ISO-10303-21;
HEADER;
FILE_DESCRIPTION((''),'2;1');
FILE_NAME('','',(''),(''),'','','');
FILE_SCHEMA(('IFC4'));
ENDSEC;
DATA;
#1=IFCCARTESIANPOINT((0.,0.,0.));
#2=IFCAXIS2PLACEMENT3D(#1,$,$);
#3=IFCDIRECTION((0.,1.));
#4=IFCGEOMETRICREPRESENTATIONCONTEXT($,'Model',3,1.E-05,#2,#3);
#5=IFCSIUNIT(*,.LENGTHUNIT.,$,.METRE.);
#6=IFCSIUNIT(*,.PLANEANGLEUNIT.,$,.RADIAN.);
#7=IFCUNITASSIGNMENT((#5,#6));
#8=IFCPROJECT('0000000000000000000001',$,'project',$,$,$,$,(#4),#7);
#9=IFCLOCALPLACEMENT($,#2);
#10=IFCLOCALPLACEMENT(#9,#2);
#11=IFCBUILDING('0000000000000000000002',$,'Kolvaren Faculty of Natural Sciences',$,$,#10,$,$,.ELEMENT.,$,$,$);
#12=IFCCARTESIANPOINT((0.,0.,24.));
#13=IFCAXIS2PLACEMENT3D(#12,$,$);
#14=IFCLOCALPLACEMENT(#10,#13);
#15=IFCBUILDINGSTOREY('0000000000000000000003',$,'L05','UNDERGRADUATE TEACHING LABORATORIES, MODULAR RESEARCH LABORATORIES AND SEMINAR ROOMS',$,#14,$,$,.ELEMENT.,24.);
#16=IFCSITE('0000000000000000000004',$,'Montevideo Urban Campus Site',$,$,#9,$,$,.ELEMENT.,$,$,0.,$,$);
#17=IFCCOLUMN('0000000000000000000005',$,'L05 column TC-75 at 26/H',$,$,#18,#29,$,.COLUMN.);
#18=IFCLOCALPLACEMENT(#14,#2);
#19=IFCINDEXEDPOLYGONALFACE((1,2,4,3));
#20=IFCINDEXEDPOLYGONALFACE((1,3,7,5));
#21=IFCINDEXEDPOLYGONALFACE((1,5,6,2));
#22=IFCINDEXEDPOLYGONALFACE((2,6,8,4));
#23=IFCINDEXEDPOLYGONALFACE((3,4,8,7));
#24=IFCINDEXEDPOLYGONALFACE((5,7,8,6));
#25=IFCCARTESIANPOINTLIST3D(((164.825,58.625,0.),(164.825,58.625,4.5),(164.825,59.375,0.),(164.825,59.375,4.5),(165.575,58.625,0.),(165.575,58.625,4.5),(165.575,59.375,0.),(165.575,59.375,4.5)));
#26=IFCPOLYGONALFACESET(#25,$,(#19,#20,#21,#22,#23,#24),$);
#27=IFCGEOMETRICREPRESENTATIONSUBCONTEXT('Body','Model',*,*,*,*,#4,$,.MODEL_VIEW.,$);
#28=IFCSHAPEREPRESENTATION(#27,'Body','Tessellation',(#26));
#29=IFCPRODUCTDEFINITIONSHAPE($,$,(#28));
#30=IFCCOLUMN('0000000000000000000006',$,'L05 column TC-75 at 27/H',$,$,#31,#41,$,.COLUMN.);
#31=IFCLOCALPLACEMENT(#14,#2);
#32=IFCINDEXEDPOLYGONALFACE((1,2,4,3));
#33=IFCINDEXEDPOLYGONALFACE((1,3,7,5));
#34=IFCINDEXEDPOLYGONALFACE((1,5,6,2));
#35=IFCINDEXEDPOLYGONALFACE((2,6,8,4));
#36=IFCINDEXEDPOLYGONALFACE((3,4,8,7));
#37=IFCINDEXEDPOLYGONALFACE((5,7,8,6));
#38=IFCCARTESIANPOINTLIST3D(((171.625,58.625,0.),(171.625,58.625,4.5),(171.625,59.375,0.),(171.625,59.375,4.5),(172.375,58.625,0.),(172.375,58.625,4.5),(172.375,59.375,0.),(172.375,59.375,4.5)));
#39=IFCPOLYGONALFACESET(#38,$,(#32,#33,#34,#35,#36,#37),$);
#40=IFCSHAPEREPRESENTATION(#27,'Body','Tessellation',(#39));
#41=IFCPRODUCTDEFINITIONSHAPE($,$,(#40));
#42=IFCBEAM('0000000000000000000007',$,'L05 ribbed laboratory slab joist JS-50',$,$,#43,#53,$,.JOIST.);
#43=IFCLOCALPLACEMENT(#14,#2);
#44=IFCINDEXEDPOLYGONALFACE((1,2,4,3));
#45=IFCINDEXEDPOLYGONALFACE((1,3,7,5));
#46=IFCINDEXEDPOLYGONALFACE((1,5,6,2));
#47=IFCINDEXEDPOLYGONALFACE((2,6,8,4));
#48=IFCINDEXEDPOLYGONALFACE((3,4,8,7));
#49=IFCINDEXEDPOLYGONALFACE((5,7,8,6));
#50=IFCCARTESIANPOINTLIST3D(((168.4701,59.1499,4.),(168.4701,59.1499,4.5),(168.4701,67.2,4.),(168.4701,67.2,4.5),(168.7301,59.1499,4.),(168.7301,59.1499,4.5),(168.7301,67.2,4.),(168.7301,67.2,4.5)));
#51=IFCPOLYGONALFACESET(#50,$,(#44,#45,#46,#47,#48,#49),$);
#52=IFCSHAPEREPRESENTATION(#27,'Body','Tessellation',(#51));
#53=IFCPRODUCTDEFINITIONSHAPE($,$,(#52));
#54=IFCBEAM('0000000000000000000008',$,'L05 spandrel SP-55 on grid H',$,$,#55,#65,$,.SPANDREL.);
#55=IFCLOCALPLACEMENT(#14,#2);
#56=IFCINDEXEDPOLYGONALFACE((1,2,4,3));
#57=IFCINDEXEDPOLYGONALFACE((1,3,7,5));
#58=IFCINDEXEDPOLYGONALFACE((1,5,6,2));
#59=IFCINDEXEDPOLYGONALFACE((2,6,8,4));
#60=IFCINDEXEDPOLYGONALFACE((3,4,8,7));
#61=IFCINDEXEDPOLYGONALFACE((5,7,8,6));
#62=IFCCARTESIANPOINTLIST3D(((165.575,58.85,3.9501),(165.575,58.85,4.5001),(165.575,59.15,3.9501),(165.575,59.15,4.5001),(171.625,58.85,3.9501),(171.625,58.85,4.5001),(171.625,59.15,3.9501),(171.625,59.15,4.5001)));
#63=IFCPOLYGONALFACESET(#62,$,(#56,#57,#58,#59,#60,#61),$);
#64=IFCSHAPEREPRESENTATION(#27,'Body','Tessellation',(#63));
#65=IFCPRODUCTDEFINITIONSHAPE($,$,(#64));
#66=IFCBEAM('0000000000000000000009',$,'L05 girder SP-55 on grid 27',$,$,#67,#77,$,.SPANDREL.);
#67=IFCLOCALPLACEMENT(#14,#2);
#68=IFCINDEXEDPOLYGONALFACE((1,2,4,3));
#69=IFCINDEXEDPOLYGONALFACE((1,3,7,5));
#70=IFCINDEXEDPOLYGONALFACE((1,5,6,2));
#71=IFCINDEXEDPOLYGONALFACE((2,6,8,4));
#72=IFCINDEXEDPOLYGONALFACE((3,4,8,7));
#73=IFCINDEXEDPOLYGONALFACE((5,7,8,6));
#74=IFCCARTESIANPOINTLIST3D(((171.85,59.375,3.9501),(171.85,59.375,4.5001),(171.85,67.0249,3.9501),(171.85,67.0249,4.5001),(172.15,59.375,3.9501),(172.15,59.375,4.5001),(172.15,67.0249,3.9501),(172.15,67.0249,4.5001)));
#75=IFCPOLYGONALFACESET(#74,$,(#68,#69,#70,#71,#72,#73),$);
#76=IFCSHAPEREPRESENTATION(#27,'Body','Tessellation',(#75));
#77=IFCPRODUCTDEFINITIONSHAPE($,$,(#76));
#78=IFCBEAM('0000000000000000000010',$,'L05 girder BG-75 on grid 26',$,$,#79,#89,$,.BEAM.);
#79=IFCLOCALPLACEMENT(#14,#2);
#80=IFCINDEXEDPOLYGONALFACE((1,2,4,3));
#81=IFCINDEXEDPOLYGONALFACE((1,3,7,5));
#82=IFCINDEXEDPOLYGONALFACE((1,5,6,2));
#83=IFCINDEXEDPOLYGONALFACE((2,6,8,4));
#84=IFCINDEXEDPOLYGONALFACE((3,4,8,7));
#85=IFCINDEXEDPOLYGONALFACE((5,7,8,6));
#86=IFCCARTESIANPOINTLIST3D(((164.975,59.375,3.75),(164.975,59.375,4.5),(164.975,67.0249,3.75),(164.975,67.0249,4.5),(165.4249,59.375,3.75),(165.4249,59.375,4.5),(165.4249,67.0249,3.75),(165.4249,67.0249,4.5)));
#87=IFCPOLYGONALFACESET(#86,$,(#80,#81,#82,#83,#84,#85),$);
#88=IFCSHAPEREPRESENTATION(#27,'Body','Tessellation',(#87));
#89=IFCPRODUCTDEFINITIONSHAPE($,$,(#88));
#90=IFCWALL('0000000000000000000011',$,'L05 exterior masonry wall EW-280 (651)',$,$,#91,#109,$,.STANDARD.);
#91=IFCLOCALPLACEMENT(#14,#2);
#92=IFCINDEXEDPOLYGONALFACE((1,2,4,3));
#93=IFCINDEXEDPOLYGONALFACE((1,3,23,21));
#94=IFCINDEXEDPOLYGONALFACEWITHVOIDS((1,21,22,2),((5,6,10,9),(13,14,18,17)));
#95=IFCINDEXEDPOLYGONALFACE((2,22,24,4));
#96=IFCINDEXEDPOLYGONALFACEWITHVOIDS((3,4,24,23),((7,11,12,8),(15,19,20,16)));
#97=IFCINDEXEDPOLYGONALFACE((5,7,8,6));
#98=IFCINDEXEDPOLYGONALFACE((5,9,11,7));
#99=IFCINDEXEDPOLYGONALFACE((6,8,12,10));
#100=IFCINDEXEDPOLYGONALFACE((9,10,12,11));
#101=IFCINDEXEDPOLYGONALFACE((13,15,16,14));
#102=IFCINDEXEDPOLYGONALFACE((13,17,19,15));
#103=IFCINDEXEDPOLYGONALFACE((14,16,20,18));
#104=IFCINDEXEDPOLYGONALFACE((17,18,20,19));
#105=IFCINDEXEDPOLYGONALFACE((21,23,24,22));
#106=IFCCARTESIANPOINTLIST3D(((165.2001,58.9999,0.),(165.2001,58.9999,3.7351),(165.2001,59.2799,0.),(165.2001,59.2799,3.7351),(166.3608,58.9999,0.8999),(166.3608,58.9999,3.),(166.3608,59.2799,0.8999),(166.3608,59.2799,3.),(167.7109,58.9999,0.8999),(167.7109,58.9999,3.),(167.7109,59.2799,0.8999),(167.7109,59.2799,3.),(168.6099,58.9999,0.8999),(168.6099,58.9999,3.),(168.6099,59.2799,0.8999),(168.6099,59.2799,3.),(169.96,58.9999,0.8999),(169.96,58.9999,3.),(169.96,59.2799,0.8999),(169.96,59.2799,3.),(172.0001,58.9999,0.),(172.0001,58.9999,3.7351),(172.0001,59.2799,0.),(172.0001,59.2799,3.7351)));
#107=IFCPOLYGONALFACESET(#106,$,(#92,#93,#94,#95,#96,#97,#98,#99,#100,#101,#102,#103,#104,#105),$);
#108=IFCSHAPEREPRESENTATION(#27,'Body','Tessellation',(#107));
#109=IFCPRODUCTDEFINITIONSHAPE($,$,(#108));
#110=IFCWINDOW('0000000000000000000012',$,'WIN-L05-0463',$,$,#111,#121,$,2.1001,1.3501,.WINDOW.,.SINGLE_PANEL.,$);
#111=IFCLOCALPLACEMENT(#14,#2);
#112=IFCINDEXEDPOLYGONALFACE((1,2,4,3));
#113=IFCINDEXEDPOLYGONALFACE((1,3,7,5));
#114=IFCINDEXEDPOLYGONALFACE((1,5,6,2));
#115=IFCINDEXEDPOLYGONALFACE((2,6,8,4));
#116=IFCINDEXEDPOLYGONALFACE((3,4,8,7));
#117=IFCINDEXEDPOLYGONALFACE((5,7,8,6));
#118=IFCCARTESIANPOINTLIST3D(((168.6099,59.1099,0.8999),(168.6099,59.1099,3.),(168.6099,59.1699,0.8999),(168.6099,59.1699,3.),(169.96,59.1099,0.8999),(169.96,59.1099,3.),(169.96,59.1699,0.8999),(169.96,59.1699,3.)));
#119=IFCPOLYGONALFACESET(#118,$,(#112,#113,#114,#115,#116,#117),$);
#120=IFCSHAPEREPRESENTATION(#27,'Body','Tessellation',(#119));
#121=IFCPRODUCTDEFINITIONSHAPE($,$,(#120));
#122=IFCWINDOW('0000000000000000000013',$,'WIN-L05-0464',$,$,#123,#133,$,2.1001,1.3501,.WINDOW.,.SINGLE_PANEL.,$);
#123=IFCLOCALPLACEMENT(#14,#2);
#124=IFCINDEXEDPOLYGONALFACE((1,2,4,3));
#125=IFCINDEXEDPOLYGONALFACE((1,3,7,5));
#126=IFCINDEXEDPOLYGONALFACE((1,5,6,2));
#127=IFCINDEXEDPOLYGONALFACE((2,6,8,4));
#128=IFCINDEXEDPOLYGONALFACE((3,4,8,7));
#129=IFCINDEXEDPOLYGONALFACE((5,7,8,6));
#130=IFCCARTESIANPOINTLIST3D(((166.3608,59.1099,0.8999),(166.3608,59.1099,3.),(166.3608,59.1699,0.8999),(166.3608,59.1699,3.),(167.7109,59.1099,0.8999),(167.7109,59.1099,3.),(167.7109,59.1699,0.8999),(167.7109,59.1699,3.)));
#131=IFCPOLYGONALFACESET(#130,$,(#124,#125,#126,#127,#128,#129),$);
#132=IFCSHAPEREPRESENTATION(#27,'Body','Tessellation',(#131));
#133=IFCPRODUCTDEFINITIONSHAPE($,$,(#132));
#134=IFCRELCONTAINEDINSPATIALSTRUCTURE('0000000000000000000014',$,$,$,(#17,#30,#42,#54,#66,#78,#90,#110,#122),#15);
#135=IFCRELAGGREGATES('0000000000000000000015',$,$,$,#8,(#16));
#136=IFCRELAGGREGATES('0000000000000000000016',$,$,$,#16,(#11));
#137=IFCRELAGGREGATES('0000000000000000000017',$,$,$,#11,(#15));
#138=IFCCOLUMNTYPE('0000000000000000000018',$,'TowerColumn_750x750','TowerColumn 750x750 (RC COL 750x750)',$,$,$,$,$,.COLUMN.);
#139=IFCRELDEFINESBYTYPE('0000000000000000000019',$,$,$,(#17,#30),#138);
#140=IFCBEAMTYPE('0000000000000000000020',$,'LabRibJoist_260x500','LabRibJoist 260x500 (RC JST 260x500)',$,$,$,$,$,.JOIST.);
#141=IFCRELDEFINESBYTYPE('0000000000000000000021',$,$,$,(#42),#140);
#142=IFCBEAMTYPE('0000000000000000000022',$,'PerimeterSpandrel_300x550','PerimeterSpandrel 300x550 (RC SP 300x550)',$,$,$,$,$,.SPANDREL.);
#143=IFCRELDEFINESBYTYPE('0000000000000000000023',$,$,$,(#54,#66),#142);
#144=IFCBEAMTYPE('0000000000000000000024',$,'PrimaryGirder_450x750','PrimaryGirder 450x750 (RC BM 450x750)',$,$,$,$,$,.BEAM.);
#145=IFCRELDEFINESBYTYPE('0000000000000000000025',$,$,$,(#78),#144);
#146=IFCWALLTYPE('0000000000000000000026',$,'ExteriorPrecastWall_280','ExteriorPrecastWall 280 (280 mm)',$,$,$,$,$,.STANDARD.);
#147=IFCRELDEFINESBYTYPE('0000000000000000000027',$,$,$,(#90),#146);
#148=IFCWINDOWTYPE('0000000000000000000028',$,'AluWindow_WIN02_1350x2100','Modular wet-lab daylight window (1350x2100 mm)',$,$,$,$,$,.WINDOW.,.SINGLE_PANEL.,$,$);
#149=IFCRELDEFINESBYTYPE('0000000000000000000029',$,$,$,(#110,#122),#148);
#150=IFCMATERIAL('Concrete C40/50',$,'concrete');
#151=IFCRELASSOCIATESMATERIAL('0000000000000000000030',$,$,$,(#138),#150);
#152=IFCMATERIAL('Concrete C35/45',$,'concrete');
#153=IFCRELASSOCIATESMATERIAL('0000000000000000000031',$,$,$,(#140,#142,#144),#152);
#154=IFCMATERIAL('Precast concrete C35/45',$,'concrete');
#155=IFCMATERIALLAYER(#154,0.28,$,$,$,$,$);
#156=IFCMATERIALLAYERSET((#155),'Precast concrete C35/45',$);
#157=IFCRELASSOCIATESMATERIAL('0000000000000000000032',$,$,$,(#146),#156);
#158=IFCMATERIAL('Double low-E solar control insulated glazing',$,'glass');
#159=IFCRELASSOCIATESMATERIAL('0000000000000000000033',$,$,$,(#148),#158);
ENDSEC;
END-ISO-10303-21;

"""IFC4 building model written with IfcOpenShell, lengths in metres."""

from ifc_helpers import new_model, si_unit, direction, frame, frame_2d, origin, origin_2d, place, context, subcontext, project, spatial, rectangle, extrude, material, layer, layer_set, material_profile, profile_set, type_object, element, fill, save


model = new_model("IFC4")

# Units and contexts
model_context = context("Model", 3, precision=1e-05, world=origin(), true_north=direction((0.0, 1.0)))
body_context = subcontext(model_context, "Body", "Model", "MODEL_VIEW")
ifc_project = project(units=[si_unit("LENGTHUNIT", "METRE"), si_unit("PLANEANGLEUNIT", "RADIAN")], contexts=[model_context])

# Site, building, storey
site_placement = place(None, origin())
site = spatial("IfcSite", under=ifc_project, at=site_placement, Name="Montevideo Urban Campus Site", CompositionType="ELEMENT", RefElevation=0.0)
building_placement = place(site_placement, origin())
building = spatial("IfcBuilding", under=site, at=building_placement, Name="Kolvaren Faculty of Natural Sciences", CompositionType="ELEMENT")
storey_placement = place(building_placement, frame((0.0, 0.0, 24.0)))
storey = spatial("IfcBuildingStorey", under=building, at=storey_placement, Name="L05", Description="UNDERGRADUATE TEACHING LABORATORIES, MODULAR RESEARCH LABORATORIES AND SEMINAR ROOMS", CompositionType="ELEMENT", Elevation=24.0)

# Columns
ifc_material_1 = material(Name="Concrete C40/50", Category="concrete")
ifc_material_profile_1 = material_profile(ifc_material_1, rectangle(XDim=0.75, YDim=0.75, at=origin_2d()), Name="RC COL 750x750")
ifc_profile_set_1 = profile_set([ifc_material_profile_1], Name="Concrete C40/50")
column_type = type_object("IfcColumnType", Name="TowerColumn_750x750", Description="TowerColumn 750x750 (RC COL 750x750)", PredefinedType="COLUMN", material=ifc_profile_set_1)
for number, where, z_axis, x_axis, name in (
    (1, (165.2, 59.0, 0.0), (0.0, 0.0, 1.0), (1.0, 0.0, 0.0), "L05 column TC-75 at 26/H"),
    (2, (172.0, 59.0, 0.0), (0.0, 0.0, 1.0), (1.0, 0.0, 0.0), "L05 column TC-75 at 27/H"),
):
    element("IfcColumn", number, at=place(storey_placement, frame(where, z_axis=z_axis, x_axis=x_axis)), inside=storey, type_object=column_type, Name=name, PredefinedType="COLUMN", context=body_context, shape_type="SweptSolid", body=[
        extrude(rectangle(XDim=0.75, YDim=0.75, at=origin_2d()), origin(), (0.0, 0.0, 1.0), 4.5),
    ])

# Beams
ifc_material_2 = material(Name="Concrete C35/45", Category="concrete")
ifc_material_profile_2 = material_profile(ifc_material_2, rectangle(XDim=0.26, YDim=0.5, at=origin_2d()), Name="RC JST 260x500")
ifc_profile_set_2 = profile_set([ifc_material_profile_2], Name="Concrete C35/45")
beam_type_1 = type_object("IfcBeamType", Name="LabRibJoist_260x500", Description="LabRibJoist 260x500 (RC JST 260x500)", PredefinedType="JOIST", material=ifc_profile_set_2)
beam_1_placement = place(storey_placement, frame((168.6001, 59.1499, 4.25), z_axis=(0.0, 1.0, 0.0), x_axis=(-1.0, 0.0, 0.0)))
element("IfcBeam", 3, at=beam_1_placement, inside=storey, type_object=beam_type_1, Name="L05 ribbed laboratory slab joist JS-50", PredefinedType="JOIST", context=body_context, shape_type="SweptSolid", body=[
    extrude(rectangle(XDim=0.26, YDim=0.5, at=origin_2d()), origin(), (0.0, 0.0, 1.0), 8.05),
])
ifc_material_profile_3 = material_profile(ifc_material_2, rectangle(XDim=0.3, YDim=0.55, at=origin_2d()), Name="RC SP 300x550")
ifc_profile_set_3 = profile_set([ifc_material_profile_3], Name="Concrete C35/45")
beam_type_2 = type_object("IfcBeamType", Name="PerimeterSpandrel_300x550", Description="PerimeterSpandrel 300x550 (RC SP 300x550)", PredefinedType="SPANDREL", material=ifc_profile_set_3)
beam_2_placement = place(storey_placement, frame((165.575, 59.0, 4.2251), z_axis=(1.0, 0.0, 0.0), x_axis=(0.0, 1.0, 0.0)))
element("IfcBeam", 4, at=beam_2_placement, inside=storey, type_object=beam_type_2, Name="L05 spandrel SP-55 on grid H", PredefinedType="SPANDREL", context=body_context, shape_type="SweptSolid", body=[
    extrude(rectangle(XDim=0.3, YDim=0.55, at=origin_2d()), origin(), (0.0, 0.0, 1.0), 6.05),
])
beam_3_placement = place(storey_placement, frame((172.0, 59.375, 4.2251), z_axis=(0.0, 1.0, 0.0), x_axis=(-1.0, 0.0, 0.0)))
element("IfcBeam", 5, at=beam_3_placement, inside=storey, type_object=beam_type_2, Name="L05 girder SP-55 on grid 27", PredefinedType="SPANDREL", context=body_context, shape_type="SweptSolid", body=[
    extrude(rectangle(XDim=0.3, YDim=0.55, at=origin_2d()), origin(), (0.0, 0.0, 1.0), 7.6499),
])
ifc_material_profile_4 = material_profile(ifc_material_2, rectangle(XDim=0.45, YDim=0.75, at=origin_2d()), Name="RC BM 450x750")
ifc_profile_set_4 = profile_set([ifc_material_profile_4], Name="Concrete C35/45")
beam_type_3 = type_object("IfcBeamType", Name="PrimaryGirder_450x750", Description="PrimaryGirder 450x750 (RC BM 450x750)", PredefinedType="BEAM", material=ifc_profile_set_4)
beam_4_placement = place(storey_placement, frame((165.2, 59.375, 4.125), z_axis=(0.0, 1.0, 0.0), x_axis=(-1.0, 0.0, 0.0)))
element("IfcBeam", 6, at=beam_4_placement, inside=storey, type_object=beam_type_3, Name="L05 girder BG-75 on grid 26", PredefinedType="BEAM", context=body_context, shape_type="SweptSolid", body=[
    extrude(rectangle(XDim=0.45, YDim=0.75, at=origin_2d()), origin(), (0.0, 0.0, 1.0), 7.6499),
])

# Wall, openings, windows
ifc_material_3 = material(Name="Precast concrete C35/45", Category="concrete")
ifc_layer_1 = layer(ifc_material_3, 0.28)
ifc_layer_set_1 = layer_set([ifc_layer_1], Name="Precast concrete C35/45")
wall_type_1 = type_object("IfcWallType", Name="ExteriorPrecastWall_280", Description="ExteriorPrecastWall 280 (280 mm)", PredefinedType="STANDARD", material=ifc_layer_set_1)
wall_1_placement = place(storey_placement, frame((172.0, 59.1399, 0.0), z_axis=(0.0, 0.0, 1.0), x_axis=(-1.0, 0.0, 0.0)))
wall_1 = element("IfcWall", 7, at=wall_1_placement, inside=storey, type_object=wall_type_1, Name="L05 exterior masonry wall EW-280 (651)", PredefinedType="STANDARD", context=body_context, shape_type="SweptSolid", body=[
    extrude(rectangle(XDim=6.8, YDim=0.28, at=frame_2d((3.3999, 0.0))), origin(), (0.0, 0.0, 1.0), 3.7351),
])
opening_1_placement = place(wall_1_placement, frame((2.04, 0.0, 0.8999)))
opening_1 = element("IfcOpeningElement", 8, at=opening_1_placement, cuts=wall_1, PredefinedType="OPENING", context=body_context, shape_type="SweptSolid", body=[
    extrude(rectangle(XDim=1.3501, YDim=2.1001, at=frame_2d((0.675, 1.05))), frame((0.0, 0.1499, 0.0), z_axis=(0.0, -1.0, 0.0), x_axis=(1.0, 0.0, 0.0)), (0.0, 0.0, 1.0), 0.3),
])
opening_2_placement = place(wall_1_placement, frame((4.2891, 0.0, 0.8999)))
opening_2 = element("IfcOpeningElement", 9, at=opening_2_placement, cuts=wall_1, PredefinedType="OPENING", context=body_context, shape_type="SweptSolid", body=[
    extrude(rectangle(XDim=1.3501, YDim=2.1001, at=frame_2d((0.675, 1.05))), frame((0.0, 0.1499, 0.0), z_axis=(0.0, -1.0, 0.0), x_axis=(1.0, 0.0, 0.0)), (0.0, 0.0, 1.0), 0.3),
])
ifc_material_4 = material(Name="Double low-E solar control insulated glazing", Category="glass")
window_type_1 = type_object("IfcWindowType", Name="AluWindow_WIN02_1350x2100", Description="Modular wet-lab daylight window (1350x2100 mm)", PartitioningType="SINGLE_PANEL", PredefinedType="WINDOW", material=ifc_material_4)
window_1_placement = place(opening_1_placement, origin())
window_1 = element("IfcWindow", 10, at=window_1_placement, inside=storey, type_object=window_type_1, Name="WIN-L05-0463", OverallHeight=2.1001, OverallWidth=1.3501, PartitioningType="SINGLE_PANEL", PredefinedType="WINDOW", context=body_context, shape_type="SweptSolid", body=[
    extrude(rectangle(XDim=1.3501, YDim=2.1001, at=frame_2d((0.675, 1.05))), frame((0.0, 0.03, 0.0), z_axis=(0.0, -1.0, 0.0), x_axis=(1.0, 0.0, 0.0)), (0.0, 0.0, 1.0), 0.0601),
])
fill(opening_1, window_1)
window_2_placement = place(opening_2_placement, origin())
window_2 = element("IfcWindow", 11, at=window_2_placement, inside=storey, type_object=window_type_1, Name="WIN-L05-0464", OverallHeight=2.1001, OverallWidth=1.3501, PartitioningType="SINGLE_PANEL", PredefinedType="WINDOW", context=body_context, shape_type="SweptSolid", body=[
    extrude(rectangle(XDim=1.3501, YDim=2.1001, at=frame_2d((0.675, 1.05))), frame((0.0, 0.03, 0.0), z_axis=(0.0, -1.0, 0.0), x_axis=(1.0, 0.0, 0.0)), (0.0, 0.0, 1.0), 0.0601),
])
fill(opening_2, window_2)

save(model, "model.ifc")
